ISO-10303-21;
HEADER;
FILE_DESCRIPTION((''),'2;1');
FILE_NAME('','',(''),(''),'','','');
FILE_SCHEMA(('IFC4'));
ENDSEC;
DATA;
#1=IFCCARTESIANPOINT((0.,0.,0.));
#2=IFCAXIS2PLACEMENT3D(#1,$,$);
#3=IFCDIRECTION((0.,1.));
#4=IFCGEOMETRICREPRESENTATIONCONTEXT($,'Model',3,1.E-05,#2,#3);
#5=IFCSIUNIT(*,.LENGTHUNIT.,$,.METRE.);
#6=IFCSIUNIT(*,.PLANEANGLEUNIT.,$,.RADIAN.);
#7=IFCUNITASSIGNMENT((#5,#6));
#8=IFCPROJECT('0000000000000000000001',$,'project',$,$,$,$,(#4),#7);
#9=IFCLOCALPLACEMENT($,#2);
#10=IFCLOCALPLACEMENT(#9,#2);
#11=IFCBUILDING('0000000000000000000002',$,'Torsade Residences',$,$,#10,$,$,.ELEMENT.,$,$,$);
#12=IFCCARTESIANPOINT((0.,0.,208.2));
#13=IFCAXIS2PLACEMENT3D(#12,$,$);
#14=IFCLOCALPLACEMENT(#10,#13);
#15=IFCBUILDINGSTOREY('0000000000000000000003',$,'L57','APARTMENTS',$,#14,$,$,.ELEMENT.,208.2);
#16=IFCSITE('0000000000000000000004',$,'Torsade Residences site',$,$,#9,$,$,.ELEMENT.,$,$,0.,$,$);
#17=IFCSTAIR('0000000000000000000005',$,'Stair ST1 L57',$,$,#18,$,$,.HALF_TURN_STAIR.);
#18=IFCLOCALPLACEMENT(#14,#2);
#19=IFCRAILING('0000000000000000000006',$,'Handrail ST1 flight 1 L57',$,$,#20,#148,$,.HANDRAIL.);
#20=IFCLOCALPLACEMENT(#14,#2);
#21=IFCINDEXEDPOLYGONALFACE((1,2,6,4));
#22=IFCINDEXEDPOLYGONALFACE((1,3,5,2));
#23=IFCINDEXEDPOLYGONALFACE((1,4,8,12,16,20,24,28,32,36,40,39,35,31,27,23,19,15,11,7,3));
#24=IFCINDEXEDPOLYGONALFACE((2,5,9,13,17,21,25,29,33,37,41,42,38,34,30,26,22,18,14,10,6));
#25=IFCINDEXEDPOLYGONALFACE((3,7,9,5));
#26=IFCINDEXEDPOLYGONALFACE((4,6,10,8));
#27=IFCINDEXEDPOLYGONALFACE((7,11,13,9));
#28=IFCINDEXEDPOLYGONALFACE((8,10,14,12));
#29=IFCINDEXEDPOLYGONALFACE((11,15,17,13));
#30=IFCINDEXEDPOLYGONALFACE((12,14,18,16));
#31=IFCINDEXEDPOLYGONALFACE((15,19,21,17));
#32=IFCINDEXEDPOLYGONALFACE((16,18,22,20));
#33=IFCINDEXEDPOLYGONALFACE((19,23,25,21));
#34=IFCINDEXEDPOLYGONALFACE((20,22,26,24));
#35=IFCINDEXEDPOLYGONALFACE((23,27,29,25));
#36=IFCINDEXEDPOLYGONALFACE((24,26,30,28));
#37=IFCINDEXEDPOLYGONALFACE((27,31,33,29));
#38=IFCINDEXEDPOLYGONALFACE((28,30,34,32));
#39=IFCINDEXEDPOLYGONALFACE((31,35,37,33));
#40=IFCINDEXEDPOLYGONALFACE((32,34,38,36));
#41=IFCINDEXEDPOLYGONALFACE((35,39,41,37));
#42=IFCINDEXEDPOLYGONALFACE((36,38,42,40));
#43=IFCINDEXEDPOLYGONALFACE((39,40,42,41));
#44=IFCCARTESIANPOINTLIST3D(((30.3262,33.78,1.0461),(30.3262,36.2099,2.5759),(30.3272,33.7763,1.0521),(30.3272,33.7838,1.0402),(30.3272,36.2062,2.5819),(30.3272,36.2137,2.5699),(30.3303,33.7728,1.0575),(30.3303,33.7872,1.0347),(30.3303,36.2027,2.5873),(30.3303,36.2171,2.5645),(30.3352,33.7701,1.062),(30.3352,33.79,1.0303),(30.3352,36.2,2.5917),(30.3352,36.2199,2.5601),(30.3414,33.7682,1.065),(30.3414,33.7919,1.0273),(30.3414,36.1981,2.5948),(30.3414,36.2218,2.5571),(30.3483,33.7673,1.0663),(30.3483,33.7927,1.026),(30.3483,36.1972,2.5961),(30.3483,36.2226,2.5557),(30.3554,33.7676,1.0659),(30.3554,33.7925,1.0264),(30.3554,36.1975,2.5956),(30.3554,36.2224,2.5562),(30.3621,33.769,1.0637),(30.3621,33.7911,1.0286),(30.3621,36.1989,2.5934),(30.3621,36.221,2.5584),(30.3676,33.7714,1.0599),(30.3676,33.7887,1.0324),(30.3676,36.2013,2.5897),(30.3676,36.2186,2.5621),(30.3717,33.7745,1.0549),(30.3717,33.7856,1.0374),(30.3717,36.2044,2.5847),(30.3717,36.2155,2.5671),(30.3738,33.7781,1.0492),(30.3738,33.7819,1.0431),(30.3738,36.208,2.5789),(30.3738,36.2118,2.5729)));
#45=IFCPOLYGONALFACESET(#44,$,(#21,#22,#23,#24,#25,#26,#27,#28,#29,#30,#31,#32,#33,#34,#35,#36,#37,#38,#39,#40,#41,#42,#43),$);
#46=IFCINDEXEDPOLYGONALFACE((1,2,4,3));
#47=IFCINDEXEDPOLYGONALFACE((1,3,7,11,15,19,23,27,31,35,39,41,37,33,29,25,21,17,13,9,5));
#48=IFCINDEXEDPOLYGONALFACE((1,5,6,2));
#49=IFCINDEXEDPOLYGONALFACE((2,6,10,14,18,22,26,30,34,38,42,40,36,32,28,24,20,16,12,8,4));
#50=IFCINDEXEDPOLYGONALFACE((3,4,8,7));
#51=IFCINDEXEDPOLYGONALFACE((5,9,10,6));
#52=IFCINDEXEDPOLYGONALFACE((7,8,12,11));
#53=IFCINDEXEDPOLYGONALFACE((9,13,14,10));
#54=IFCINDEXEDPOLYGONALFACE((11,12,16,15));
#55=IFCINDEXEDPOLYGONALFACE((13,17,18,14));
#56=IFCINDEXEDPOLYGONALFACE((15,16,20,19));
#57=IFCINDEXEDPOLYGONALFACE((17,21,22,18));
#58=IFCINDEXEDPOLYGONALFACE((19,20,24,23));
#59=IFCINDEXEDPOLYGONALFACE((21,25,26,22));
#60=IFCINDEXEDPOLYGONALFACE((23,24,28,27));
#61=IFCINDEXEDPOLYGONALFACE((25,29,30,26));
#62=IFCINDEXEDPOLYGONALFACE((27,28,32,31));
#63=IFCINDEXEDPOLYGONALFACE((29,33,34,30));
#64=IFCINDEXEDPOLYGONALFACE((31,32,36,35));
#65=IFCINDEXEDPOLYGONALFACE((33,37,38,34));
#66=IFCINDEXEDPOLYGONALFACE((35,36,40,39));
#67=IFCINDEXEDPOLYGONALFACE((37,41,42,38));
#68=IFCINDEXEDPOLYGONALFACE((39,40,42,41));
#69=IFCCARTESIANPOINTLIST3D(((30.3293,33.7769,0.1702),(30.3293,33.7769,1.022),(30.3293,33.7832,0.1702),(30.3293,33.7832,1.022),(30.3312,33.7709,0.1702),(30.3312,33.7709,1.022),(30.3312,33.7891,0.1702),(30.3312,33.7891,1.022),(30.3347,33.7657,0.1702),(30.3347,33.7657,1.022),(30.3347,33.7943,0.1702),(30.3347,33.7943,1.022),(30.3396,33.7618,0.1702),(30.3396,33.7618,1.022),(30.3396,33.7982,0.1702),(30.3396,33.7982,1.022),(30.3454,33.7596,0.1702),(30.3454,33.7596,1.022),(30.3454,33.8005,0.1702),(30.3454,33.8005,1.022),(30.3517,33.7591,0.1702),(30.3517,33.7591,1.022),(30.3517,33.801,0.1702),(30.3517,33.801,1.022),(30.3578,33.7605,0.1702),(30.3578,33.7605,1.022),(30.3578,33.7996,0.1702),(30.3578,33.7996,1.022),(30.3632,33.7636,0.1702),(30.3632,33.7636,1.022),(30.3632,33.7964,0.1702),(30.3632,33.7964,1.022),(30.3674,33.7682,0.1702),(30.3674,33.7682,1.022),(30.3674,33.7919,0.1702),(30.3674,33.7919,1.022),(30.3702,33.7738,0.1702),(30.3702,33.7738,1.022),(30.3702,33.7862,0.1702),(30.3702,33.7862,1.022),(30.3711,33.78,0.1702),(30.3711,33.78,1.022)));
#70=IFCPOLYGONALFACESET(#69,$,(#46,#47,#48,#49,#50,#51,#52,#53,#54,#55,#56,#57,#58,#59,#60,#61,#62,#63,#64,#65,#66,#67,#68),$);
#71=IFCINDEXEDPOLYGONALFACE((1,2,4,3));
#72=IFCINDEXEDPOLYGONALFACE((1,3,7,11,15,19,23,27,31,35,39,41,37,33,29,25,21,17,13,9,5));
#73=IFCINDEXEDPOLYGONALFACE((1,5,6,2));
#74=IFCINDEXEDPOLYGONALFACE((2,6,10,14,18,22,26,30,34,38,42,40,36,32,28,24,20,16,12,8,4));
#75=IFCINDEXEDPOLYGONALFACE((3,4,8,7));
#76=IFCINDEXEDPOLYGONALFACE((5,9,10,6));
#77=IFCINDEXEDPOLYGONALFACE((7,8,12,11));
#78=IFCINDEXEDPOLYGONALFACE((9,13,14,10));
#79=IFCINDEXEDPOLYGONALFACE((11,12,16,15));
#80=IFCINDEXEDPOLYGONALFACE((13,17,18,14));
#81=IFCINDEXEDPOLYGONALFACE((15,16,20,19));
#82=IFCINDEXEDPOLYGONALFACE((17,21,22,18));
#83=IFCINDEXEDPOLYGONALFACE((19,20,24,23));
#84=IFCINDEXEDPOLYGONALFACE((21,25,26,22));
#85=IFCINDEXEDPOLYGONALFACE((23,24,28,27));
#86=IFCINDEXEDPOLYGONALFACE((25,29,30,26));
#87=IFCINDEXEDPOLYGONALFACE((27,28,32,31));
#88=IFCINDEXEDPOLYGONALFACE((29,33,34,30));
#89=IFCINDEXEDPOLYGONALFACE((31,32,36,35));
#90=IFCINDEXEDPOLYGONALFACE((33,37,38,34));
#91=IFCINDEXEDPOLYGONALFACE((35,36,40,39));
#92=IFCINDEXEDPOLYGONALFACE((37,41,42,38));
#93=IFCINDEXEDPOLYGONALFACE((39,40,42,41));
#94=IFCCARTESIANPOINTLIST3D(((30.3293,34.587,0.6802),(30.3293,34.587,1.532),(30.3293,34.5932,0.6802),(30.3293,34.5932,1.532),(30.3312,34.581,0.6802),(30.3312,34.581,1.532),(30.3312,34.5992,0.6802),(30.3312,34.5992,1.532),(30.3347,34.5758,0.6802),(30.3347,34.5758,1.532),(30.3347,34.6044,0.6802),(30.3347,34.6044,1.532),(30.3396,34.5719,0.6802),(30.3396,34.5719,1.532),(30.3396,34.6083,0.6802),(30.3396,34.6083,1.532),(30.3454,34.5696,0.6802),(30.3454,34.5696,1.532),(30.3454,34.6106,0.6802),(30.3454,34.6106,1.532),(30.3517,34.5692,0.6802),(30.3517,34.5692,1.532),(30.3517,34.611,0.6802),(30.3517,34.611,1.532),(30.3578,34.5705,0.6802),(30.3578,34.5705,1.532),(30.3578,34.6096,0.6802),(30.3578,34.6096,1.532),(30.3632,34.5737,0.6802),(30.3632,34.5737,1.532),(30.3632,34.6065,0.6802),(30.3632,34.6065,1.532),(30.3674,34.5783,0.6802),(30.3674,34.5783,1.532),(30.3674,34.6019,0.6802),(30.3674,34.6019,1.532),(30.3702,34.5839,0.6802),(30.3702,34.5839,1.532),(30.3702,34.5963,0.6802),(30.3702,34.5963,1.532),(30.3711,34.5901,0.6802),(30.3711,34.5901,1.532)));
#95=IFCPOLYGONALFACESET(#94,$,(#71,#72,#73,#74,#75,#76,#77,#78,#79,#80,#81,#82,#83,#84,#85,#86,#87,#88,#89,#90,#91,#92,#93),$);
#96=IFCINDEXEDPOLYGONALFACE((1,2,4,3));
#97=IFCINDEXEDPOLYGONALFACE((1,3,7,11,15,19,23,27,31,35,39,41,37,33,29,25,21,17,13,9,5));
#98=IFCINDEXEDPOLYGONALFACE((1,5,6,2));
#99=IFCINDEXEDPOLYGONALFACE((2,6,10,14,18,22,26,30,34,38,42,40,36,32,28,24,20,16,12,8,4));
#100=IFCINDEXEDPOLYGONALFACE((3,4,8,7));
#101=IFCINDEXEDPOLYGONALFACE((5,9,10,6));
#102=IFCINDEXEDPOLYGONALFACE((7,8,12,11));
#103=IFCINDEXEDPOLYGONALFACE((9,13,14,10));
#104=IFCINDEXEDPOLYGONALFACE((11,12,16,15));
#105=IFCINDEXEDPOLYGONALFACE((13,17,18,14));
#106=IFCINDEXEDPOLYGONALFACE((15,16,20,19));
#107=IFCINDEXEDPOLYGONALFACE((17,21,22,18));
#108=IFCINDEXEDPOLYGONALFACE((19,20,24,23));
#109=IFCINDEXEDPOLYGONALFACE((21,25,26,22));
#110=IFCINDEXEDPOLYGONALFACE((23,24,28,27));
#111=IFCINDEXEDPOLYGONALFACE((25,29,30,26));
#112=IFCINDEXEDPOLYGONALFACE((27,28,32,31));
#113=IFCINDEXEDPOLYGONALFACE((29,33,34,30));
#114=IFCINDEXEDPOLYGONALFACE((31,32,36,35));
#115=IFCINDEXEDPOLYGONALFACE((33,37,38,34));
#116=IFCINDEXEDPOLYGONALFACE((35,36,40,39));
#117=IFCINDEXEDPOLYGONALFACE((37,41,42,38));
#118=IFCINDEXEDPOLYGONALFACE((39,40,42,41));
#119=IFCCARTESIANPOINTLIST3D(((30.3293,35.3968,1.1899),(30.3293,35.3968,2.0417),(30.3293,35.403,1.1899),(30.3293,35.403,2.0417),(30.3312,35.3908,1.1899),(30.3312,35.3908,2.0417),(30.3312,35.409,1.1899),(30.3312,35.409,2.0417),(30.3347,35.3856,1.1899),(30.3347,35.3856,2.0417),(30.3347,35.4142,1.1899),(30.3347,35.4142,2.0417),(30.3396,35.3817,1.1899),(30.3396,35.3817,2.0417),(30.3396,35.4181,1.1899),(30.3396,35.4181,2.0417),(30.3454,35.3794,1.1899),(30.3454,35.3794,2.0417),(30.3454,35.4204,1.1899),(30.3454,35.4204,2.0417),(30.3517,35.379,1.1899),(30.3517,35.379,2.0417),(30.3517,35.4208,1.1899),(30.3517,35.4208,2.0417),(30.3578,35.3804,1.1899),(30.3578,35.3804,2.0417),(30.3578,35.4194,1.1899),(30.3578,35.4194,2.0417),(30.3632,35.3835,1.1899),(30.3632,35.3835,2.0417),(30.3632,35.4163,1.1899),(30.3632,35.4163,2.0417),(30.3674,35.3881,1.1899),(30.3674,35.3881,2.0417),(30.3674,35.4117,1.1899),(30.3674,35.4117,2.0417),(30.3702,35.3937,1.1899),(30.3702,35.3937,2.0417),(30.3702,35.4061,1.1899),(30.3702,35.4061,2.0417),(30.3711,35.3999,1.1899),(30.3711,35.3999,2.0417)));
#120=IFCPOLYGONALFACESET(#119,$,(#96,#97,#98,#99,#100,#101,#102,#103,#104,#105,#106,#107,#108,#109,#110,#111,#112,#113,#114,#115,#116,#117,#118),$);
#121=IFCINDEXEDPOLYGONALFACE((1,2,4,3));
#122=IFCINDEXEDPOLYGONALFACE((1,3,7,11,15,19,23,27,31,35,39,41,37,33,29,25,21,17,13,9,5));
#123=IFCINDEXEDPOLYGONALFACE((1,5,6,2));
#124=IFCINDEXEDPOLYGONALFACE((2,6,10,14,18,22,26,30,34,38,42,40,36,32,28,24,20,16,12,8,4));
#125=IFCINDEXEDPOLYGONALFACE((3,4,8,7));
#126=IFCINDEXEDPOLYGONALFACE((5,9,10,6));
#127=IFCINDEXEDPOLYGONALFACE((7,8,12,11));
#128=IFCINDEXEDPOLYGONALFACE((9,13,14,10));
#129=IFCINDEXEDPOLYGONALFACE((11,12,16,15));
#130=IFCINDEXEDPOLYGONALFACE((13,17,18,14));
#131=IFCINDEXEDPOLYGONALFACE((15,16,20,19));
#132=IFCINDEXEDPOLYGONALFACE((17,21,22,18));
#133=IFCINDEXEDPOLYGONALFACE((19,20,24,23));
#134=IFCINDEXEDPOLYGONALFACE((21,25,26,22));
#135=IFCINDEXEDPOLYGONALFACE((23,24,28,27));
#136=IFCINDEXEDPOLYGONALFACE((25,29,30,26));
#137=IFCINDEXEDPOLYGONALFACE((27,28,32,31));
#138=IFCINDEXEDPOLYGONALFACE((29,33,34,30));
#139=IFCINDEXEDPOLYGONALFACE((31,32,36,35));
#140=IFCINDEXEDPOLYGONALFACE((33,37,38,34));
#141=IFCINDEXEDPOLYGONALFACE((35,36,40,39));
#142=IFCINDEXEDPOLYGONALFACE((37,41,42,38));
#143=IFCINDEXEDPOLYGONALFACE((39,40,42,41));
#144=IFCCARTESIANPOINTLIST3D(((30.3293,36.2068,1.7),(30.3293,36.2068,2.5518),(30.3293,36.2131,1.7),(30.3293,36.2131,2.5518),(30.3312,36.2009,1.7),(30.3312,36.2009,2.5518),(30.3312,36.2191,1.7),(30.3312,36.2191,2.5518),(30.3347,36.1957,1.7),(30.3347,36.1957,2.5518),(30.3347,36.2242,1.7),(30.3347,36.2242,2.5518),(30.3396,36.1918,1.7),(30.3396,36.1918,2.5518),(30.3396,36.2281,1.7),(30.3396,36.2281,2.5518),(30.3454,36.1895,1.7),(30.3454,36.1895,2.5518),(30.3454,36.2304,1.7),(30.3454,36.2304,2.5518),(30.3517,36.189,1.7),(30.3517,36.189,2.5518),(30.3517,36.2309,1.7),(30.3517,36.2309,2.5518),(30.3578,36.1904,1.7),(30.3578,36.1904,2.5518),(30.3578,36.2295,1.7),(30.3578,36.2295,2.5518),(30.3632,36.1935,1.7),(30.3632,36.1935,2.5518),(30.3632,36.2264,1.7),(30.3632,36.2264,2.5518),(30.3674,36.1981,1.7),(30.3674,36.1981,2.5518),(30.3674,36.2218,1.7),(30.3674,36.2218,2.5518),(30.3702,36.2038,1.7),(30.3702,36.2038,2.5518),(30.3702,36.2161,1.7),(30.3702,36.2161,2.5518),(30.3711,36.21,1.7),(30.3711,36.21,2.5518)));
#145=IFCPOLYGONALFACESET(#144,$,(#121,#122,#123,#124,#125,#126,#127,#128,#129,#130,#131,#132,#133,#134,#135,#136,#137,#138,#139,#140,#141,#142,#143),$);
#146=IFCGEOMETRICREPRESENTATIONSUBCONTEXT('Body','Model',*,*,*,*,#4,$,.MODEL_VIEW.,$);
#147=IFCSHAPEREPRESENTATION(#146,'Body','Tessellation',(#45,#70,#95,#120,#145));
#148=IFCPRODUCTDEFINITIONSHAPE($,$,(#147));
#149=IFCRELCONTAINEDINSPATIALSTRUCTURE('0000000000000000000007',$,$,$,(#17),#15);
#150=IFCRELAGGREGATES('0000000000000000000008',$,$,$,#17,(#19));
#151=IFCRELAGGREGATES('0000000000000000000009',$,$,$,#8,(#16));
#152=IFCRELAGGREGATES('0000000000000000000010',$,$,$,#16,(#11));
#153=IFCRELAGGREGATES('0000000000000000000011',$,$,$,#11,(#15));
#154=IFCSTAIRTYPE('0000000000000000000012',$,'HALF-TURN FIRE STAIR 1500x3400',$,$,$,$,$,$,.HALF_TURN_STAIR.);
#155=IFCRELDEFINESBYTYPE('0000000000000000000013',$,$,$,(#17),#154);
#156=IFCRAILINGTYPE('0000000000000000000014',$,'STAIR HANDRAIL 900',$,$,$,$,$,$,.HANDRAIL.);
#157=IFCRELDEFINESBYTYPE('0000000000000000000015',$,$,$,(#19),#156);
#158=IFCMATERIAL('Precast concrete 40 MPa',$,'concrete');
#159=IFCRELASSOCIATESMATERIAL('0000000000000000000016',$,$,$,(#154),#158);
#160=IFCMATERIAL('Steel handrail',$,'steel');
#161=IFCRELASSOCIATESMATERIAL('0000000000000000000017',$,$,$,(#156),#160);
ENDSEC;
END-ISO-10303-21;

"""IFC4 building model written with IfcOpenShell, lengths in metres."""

from ifc_helpers import new_model, si_unit, direction, frame, origin, origin_2d, place, context, subcontext, project, spatial, circle, extrude, material, type_object, element, aggregate, save


model = new_model("IFC4")

# Units and contexts
model_context = context("Model", 3, precision=1e-05, world=origin(), true_north=direction((0.0, 1.0)))
body_context = subcontext(model_context, "Body", "Model", "MODEL_VIEW")
ifc_project = project(units=[si_unit("LENGTHUNIT", "METRE"), si_unit("PLANEANGLEUNIT", "RADIAN")], contexts=[model_context])

# Site, building, storey
site_placement = place(None, origin())
site = spatial("IfcSite", under=ifc_project, at=site_placement, Name="Torsade Residences site", CompositionType="ELEMENT", RefElevation=0.0)
building_placement = place(site_placement, origin())
building = spatial("IfcBuilding", under=site, at=building_placement, Name="Torsade Residences", CompositionType="ELEMENT")
storey_placement = place(building_placement, frame((0.0, 0.0, 208.2)))
storey = spatial("IfcBuildingStorey", under=building, at=storey_placement, Name="L57", Description="APARTMENTS", CompositionType="ELEMENT", Elevation=208.2)

# Stair, railing
ifc_material_1 = material(Name="Precast concrete 40 MPa", Category="concrete")
stair_type = type_object("IfcStairType", Name="HALF-TURN FIRE STAIR 1500x3400", PredefinedType="HALF_TURN_STAIR", material=ifc_material_1)
stair_placement = place(storey_placement, origin())
stair = element("IfcStair", 1, at=stair_placement, inside=storey, type_object=stair_type, Name="Stair ST1 L57", PredefinedType="HALF_TURN_STAIR")
ifc_material_2 = material(Name="Steel handrail", Category="steel")
railing_type = type_object("IfcRailingType", Name="STAIR HANDRAIL 900", PredefinedType="HANDRAIL", material=ifc_material_2)
railing_1_placement = place(storey_placement, frame((30.3501, 33.78, 0.1702)))
railing_1 = element("IfcRailing", 2, at=railing_1_placement, type_object=railing_type, Name="Handrail ST1 flight 1 L57", PredefinedType="HANDRAIL", context=body_context, shape_type="SweptSolid", body=[
    extrude(circle(Radius=0.0239, at=origin_2d()), frame((0.0, 0.0, 0.876), z_axis=(0.0, 0.84626, 0.53277), x_axis=(-1.0, 0.0, 0.0)), (0.0, 0.0, 1.0), 2.8713),
    extrude(circle(Radius=0.021, at=origin_2d()), origin(), (0.0, 0.0, 1.0), 0.8518),
    extrude(circle(Radius=0.021, at=origin_2d()), frame((0.0, 0.8101, 0.51)), (0.0, 0.0, 1.0), 0.8518),
    extrude(circle(Radius=0.021, at=origin_2d()), frame((0.0, 1.6199, 1.0198)), (0.0, 0.0, 1.0), 0.8518),
    extrude(circle(Radius=0.021, at=origin_2d()), frame((0.0, 2.4299, 1.5298)), (0.0, 0.0, 1.0), 0.8518),
])
aggregate(stair, [railing_1])

save(model, "model.ifc")
